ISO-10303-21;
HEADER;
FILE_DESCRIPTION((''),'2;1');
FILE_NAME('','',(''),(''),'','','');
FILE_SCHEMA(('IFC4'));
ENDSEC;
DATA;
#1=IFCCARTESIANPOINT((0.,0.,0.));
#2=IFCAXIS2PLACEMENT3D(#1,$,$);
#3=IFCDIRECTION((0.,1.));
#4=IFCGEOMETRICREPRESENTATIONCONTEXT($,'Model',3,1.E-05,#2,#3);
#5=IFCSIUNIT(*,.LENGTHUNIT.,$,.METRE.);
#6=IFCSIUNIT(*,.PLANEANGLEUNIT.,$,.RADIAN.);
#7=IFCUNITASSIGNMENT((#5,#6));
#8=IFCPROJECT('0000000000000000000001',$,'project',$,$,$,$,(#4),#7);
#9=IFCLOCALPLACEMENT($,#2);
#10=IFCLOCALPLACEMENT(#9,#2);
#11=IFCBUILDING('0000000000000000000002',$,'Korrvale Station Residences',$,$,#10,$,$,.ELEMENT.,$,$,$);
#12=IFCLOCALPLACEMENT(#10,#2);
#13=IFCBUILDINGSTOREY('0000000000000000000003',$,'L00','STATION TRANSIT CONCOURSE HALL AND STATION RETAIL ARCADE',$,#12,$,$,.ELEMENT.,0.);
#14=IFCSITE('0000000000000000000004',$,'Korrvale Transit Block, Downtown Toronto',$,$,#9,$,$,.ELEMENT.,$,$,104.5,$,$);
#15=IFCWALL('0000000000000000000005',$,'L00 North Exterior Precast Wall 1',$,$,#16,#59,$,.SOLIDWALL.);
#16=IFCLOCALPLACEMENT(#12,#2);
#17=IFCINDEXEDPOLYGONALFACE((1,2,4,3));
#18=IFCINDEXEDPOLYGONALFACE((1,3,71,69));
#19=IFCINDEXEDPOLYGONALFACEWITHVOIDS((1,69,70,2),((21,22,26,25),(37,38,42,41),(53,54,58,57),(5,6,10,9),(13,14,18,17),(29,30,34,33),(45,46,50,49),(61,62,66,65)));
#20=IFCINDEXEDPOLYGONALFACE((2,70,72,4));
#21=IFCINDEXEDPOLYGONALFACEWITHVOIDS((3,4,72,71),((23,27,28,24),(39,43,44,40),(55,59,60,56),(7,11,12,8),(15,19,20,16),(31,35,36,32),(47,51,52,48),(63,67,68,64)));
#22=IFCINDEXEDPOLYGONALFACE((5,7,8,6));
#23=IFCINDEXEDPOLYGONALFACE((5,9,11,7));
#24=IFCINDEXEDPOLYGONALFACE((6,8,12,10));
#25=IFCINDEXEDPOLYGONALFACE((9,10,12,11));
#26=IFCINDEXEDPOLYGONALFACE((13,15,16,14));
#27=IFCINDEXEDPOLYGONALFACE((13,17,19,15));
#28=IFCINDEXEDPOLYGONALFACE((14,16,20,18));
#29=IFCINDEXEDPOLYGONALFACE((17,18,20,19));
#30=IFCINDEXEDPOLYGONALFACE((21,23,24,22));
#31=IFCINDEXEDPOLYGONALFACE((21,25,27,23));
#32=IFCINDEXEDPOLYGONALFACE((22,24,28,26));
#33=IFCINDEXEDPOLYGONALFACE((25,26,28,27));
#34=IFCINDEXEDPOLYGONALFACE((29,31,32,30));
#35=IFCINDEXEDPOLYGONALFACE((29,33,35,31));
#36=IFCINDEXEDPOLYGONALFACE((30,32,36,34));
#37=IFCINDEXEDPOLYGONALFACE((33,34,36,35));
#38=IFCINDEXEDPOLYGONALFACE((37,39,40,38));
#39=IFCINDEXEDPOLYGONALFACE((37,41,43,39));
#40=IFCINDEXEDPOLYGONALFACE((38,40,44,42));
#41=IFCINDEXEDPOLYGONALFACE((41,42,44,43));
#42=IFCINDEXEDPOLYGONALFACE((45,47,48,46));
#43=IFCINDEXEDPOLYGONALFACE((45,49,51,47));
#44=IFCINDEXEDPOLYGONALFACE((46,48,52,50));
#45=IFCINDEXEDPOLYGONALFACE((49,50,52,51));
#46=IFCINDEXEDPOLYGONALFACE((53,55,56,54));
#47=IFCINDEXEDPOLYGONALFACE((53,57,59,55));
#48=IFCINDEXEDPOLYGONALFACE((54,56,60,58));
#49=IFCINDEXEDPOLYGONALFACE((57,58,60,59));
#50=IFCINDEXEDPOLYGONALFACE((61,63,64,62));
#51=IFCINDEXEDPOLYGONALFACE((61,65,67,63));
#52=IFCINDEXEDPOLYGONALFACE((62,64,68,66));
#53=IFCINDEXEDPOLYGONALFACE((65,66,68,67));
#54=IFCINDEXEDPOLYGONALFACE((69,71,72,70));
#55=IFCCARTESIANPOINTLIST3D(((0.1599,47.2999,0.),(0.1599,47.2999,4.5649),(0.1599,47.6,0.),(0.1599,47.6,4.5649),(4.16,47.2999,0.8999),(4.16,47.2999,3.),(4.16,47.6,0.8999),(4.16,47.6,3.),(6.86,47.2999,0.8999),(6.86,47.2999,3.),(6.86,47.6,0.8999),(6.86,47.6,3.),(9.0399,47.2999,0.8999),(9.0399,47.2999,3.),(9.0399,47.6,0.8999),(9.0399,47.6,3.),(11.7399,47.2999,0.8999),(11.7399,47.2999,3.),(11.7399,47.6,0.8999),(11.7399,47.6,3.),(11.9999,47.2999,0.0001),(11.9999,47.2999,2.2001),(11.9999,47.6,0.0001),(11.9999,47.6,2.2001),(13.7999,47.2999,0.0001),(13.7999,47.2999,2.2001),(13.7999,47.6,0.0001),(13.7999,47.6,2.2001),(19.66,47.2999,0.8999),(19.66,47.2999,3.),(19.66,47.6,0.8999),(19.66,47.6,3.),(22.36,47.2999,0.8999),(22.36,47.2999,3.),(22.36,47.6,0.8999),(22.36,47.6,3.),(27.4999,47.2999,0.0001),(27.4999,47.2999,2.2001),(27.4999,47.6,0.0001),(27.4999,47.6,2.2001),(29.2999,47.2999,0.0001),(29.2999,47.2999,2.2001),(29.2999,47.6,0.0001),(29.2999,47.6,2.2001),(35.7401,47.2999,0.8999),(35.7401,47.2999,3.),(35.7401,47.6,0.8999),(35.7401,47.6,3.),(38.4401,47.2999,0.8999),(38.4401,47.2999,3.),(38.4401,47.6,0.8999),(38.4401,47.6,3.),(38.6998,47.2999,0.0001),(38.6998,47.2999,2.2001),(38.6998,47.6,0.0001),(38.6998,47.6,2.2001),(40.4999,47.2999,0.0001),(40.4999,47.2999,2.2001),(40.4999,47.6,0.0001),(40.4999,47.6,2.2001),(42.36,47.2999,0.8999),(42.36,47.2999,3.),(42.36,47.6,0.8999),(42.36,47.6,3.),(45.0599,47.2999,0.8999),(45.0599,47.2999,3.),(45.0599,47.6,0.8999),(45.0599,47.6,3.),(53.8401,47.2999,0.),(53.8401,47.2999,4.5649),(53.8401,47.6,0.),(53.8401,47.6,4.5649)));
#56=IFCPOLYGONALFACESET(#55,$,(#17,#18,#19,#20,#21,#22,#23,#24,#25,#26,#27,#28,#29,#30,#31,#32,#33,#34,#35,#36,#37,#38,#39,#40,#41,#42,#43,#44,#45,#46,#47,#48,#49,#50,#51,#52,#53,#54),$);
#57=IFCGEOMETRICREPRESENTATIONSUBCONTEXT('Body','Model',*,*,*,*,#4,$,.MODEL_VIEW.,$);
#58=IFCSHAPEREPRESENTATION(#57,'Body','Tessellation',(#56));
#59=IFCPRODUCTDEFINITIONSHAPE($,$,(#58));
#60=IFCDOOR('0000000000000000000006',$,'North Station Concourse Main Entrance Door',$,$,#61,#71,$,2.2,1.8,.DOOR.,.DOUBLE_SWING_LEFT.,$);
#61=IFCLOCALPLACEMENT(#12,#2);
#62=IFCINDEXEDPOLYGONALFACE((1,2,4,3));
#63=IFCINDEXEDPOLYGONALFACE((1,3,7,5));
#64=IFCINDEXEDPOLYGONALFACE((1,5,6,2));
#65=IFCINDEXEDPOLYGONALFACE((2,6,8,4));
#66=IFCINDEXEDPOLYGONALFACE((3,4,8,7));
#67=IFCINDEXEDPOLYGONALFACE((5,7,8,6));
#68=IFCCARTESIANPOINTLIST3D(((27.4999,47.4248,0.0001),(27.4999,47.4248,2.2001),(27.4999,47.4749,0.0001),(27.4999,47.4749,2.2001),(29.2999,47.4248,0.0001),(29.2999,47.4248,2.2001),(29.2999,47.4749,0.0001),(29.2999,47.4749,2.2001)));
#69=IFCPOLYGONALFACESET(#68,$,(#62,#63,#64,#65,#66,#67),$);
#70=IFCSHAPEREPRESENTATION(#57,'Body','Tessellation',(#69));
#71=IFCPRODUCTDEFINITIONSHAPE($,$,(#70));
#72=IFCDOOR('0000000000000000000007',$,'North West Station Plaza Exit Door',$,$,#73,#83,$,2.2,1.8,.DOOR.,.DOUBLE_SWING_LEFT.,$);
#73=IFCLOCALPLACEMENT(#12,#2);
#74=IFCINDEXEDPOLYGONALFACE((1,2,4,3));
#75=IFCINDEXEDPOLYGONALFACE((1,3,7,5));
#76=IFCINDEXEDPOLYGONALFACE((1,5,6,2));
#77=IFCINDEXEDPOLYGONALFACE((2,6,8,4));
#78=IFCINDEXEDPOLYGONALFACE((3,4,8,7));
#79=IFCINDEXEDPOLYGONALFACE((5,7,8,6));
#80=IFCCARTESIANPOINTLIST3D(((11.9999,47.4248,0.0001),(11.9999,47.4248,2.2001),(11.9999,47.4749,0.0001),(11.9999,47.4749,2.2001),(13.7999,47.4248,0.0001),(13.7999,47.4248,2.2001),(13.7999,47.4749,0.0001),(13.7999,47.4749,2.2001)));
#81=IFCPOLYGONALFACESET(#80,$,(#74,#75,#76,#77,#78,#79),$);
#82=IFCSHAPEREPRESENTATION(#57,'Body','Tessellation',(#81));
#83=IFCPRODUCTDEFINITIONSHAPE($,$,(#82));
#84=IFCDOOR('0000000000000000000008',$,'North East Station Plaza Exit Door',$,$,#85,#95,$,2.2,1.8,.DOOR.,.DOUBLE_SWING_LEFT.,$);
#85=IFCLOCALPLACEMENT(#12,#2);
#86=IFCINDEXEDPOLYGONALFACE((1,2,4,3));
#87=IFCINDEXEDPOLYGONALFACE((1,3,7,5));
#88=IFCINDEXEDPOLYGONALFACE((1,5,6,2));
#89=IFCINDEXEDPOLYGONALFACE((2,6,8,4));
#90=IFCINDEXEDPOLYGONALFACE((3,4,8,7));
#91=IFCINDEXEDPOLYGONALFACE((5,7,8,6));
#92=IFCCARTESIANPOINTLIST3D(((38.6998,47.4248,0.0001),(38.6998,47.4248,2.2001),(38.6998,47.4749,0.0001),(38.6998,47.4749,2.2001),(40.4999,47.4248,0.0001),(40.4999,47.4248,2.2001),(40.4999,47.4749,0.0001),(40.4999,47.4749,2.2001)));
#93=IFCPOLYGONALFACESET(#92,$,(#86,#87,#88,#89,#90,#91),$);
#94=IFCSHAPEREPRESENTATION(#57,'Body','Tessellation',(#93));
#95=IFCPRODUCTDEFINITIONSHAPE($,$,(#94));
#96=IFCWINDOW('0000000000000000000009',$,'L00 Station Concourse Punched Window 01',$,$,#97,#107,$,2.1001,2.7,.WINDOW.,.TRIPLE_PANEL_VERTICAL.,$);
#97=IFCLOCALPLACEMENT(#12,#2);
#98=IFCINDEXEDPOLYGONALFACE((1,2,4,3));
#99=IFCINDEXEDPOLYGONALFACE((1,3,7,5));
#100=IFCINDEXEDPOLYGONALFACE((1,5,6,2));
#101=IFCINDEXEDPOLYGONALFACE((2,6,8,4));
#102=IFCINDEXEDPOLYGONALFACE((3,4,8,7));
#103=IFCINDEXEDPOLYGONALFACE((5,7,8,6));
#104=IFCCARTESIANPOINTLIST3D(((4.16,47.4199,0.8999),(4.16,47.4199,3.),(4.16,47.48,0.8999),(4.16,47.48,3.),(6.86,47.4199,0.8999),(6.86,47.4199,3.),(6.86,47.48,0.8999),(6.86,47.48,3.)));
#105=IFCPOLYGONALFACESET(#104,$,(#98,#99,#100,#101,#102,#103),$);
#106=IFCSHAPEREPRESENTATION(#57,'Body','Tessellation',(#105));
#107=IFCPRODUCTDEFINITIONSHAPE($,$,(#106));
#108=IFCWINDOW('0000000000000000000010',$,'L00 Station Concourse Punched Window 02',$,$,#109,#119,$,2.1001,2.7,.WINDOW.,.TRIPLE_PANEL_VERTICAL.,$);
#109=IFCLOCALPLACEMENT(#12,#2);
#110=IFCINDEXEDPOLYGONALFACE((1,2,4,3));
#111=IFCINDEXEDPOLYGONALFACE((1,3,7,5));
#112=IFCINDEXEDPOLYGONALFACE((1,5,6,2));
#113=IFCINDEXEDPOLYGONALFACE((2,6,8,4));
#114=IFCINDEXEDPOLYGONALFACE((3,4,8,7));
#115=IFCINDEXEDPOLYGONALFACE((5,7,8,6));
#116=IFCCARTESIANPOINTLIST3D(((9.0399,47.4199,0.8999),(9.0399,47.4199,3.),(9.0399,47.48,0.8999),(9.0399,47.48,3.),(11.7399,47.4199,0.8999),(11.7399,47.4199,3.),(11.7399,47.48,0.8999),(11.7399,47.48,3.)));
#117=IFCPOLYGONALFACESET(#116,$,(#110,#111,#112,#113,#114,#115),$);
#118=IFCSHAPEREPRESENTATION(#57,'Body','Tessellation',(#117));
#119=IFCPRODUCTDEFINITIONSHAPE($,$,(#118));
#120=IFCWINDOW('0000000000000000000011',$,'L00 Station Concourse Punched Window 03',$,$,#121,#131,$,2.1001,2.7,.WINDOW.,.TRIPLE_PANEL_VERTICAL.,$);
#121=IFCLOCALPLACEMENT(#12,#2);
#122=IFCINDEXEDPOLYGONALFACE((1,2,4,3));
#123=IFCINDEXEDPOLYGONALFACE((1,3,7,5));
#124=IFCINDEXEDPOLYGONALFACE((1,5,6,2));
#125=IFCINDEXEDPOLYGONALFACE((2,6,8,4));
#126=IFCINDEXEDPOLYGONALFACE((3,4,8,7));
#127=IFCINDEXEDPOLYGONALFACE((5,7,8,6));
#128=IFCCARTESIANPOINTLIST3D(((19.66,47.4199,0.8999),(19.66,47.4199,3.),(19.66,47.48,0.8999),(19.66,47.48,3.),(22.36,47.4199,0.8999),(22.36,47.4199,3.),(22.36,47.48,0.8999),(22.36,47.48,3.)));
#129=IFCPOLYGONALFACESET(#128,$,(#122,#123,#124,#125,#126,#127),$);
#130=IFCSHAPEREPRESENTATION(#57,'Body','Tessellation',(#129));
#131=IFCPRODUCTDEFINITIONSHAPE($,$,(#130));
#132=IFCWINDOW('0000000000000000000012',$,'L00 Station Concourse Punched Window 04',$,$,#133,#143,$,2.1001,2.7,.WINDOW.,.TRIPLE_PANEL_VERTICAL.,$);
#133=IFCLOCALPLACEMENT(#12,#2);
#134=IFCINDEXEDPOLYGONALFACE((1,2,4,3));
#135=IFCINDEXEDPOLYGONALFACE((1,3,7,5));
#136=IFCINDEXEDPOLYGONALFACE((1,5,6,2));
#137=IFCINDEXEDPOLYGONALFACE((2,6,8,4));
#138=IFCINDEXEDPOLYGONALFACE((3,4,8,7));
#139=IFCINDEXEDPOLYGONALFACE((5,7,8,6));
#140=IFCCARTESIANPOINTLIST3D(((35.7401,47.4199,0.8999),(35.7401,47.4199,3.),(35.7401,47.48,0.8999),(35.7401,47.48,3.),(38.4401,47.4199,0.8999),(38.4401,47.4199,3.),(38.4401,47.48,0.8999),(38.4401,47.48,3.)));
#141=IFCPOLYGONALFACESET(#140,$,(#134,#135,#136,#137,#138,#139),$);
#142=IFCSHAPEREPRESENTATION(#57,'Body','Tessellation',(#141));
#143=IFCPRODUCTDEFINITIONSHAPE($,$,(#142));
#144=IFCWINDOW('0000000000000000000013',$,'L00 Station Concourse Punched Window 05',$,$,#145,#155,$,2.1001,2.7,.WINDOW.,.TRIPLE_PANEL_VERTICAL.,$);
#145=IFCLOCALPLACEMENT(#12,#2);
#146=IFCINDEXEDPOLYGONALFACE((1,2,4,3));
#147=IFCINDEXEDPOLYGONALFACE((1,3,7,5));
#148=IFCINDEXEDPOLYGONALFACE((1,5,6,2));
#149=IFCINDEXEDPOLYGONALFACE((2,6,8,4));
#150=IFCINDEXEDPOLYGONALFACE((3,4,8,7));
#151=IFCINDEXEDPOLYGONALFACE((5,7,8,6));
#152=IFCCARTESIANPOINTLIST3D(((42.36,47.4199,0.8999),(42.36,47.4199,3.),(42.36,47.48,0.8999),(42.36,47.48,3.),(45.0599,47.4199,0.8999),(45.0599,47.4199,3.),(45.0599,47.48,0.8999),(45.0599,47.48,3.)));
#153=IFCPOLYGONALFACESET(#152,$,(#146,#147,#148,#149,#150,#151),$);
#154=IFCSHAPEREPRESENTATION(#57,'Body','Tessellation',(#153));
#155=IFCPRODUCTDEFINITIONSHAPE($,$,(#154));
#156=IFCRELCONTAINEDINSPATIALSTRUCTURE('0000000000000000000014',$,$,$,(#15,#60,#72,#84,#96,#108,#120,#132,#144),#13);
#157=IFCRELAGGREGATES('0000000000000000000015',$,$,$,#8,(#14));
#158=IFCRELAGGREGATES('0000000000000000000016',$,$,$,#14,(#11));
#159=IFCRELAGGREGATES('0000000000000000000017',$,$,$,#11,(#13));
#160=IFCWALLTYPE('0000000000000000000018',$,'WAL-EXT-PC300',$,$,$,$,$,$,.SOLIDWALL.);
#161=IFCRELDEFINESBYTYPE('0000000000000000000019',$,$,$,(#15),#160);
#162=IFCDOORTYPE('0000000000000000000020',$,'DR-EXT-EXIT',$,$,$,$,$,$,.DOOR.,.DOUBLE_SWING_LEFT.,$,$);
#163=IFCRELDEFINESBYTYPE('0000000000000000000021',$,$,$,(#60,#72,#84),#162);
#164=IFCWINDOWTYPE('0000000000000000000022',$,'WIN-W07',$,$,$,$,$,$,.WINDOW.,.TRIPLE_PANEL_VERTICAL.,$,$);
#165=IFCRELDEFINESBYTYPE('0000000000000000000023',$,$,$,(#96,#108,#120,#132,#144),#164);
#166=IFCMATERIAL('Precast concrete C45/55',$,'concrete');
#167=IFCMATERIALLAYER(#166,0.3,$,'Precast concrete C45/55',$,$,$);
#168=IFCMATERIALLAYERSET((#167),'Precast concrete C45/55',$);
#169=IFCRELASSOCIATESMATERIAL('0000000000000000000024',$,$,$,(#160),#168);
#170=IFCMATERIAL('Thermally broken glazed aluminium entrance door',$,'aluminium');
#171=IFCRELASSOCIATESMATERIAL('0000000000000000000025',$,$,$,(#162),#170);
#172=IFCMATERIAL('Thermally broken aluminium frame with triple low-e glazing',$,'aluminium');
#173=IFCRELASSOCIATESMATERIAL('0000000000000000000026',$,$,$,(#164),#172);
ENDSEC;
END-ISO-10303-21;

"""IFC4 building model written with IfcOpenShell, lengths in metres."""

from ifc_helpers import new_model, si_unit, direction, frame, frame_2d, origin, place, context, subcontext, project, spatial, rectangle, extrude, material, layer, layer_set, type_object, element, fill, save


model = new_model("IFC4")

# Units and contexts
model_context = context("Model", 3, precision=1e-05, world=origin(), true_north=direction((0.0, 1.0)))
body_context = subcontext(model_context, "Body", "Model", "MODEL_VIEW")
ifc_project = project(units=[si_unit("LENGTHUNIT", "METRE"), si_unit("PLANEANGLEUNIT", "RADIAN")], contexts=[model_context])

# Site, building, storey
site_placement = place(None, origin())
site = spatial("IfcSite", under=ifc_project, at=site_placement, Name="Korrvale Transit Block, Downtown Toronto", CompositionType="ELEMENT", RefElevation=104.5)
building_placement = place(site_placement, origin())
building = spatial("IfcBuilding", under=site, at=building_placement, Name="Korrvale Station Residences", CompositionType="ELEMENT")
storey_placement = place(building_placement, origin())
storey = spatial("IfcBuildingStorey", under=building, at=storey_placement, Name="L00", Description="STATION TRANSIT CONCOURSE HALL AND STATION RETAIL ARCADE", CompositionType="ELEMENT", Elevation=0.0)

# Wall, openings, doors, windows
ifc_material_1 = material(Name="Precast concrete C45/55", Category="concrete")
ifc_layer_1 = layer(ifc_material_1, 0.3, Name="Precast concrete C45/55")
ifc_layer_set_1 = layer_set([ifc_layer_1], Name="Precast concrete C45/55")
wall_type = type_object("IfcWallType", Name="WAL-EXT-PC300", PredefinedType="SOLIDWALL", material=ifc_layer_set_1)
wall_placement = place(storey_placement, frame((0.1599, 47.45, 0.0), z_axis=(0.0, 0.0, 1.0), x_axis=(1.0, 0.0, 0.0)))
wall = element("IfcWall", 1, at=wall_placement, inside=storey, type_object=wall_type, Name="L00 North Exterior Precast Wall 1", PredefinedType="SOLIDWALL", context=body_context, shape_type="SweptSolid", body=[
    extrude(rectangle(XDim=53.6802, YDim=0.3, at=frame_2d((26.8401, 0.0))), origin(), (0.0, 0.0, 1.0), 4.5649),
])
opening_1_placement = place(wall_placement, frame((27.3401, 0.0, 0.0)))
opening_1 = element("IfcOpeningElement", 2, at=opening_1_placement, cuts=wall, PredefinedType="OPENING", context=body_context, shape_type="SweptSolid", body=[
    extrude(rectangle(XDim=1.8, YDim=2.2, at=frame_2d((0.8999, 1.1001))), frame((0.0, 0.1602, 0.0), z_axis=(0.0, -1.0, 0.0), x_axis=(1.0, 0.0, 0.0)), (0.0, 0.0, 1.0), 0.3201),
])
opening_2_placement = place(wall_placement, frame((11.8401, 0.0, 0.0)))
opening_2 = element("IfcOpeningElement", 3, at=opening_2_placement, cuts=wall, PredefinedType="OPENING", context=body_context, shape_type="SweptSolid", body=[
    extrude(rectangle(XDim=1.8, YDim=2.2, at=frame_2d((0.8999, 1.1001))), frame((0.0, 0.1602, 0.0), z_axis=(0.0, -1.0, 0.0), x_axis=(1.0, 0.0, 0.0)), (0.0, 0.0, 1.0), 0.3201),
])
opening_3_placement = place(wall_placement, frame((38.54, 0.0, 0.0)))
opening_3 = element("IfcOpeningElement", 4, at=opening_3_placement, cuts=wall, PredefinedType="OPENING", context=body_context, shape_type="SweptSolid", body=[
    extrude(rectangle(XDim=1.8, YDim=2.2, at=frame_2d((0.8999, 1.1001))), frame((0.0, 0.1602, 0.0), z_axis=(0.0, -1.0, 0.0), x_axis=(1.0, 0.0, 0.0)), (0.0, 0.0, 1.0), 0.3201),
])
opening_4_placement = place(wall_placement, frame((4.0, 0.0, 0.8999)))
opening_4 = element("IfcOpeningElement", 5, at=opening_4_placement, cuts=wall, PredefinedType="OPENING", context=body_context, shape_type="SweptSolid", body=[
    extrude(rectangle(XDim=2.7, YDim=2.1001, at=frame_2d((1.3501, 1.05))), frame((0.0, 0.1602, 0.0), z_axis=(0.0, -1.0, 0.0), x_axis=(1.0, 0.0, 0.0)), (0.0, 0.0, 1.0), 0.3201),
])
opening_5_placement = place(wall_placement, frame((8.8799, 0.0, 0.8999)))
opening_5 = element("IfcOpeningElement", 6, at=opening_5_placement, cuts=wall, PredefinedType="OPENING", context=body_context, shape_type="SweptSolid", body=[
    extrude(rectangle(XDim=2.7, YDim=2.1001, at=frame_2d((1.3501, 1.05))), frame((0.0, 0.1602, 0.0), z_axis=(0.0, -1.0, 0.0), x_axis=(1.0, 0.0, 0.0)), (0.0, 0.0, 1.0), 0.3201),
])
opening_6_placement = place(wall_placement, frame((19.5, 0.0, 0.8999)))
opening_6 = element("IfcOpeningElement", 7, at=opening_6_placement, cuts=wall, PredefinedType="OPENING", context=body_context, shape_type="SweptSolid", body=[
    extrude(rectangle(XDim=2.7, YDim=2.1001, at=frame_2d((1.3501, 1.05))), frame((0.0, 0.1602, 0.0), z_axis=(0.0, -1.0, 0.0), x_axis=(1.0, 0.0, 0.0)), (0.0, 0.0, 1.0), 0.3201),
])
opening_7_placement = place(wall_placement, frame((35.5801, 0.0, 0.8999)))
opening_7 = element("IfcOpeningElement", 8, at=opening_7_placement, cuts=wall, PredefinedType="OPENING", context=body_context, shape_type="SweptSolid", body=[
    extrude(rectangle(XDim=2.7, YDim=2.1001, at=frame_2d((1.3501, 1.05))), frame((0.0, 0.1602, 0.0), z_axis=(0.0, -1.0, 0.0), x_axis=(1.0, 0.0, 0.0)), (0.0, 0.0, 1.0), 0.3201),
])
opening_8_placement = place(wall_placement, frame((42.2, 0.0, 0.8999)))
opening_8 = element("IfcOpeningElement", 9, at=opening_8_placement, cuts=wall, PredefinedType="OPENING", context=body_context, shape_type="SweptSolid", body=[
    extrude(rectangle(XDim=2.7, YDim=2.1001, at=frame_2d((1.3501, 1.05))), frame((0.0, 0.1602, 0.0), z_axis=(0.0, -1.0, 0.0), x_axis=(1.0, 0.0, 0.0)), (0.0, 0.0, 1.0), 0.3201),
])
ifc_material_2 = material(Name="Thermally broken glazed aluminium entrance door", Category="aluminium")
door_type = type_object("IfcDoorType", Name="DR-EXT-EXIT", OperationType="DOUBLE_SWING_LEFT", PredefinedType="DOOR", material=ifc_material_2)
door_1_placement = place(opening_1_placement, origin())
door_1 = element("IfcDoor", 10, at=door_1_placement, inside=storey, type_object=door_type, Name="North Station Concourse Main Entrance Door", OperationType="DOUBLE_SWING_LEFT", OverallHeight=2.2, OverallWidth=1.8, PredefinedType="DOOR", context=body_context, shape_type="SweptSolid", body=[
    extrude(rectangle(XDim=1.8, YDim=2.2, at=frame_2d((0.8999, 1.1001))), frame((0.0, 0.0249, 0.0), z_axis=(0.0, -1.0, 0.0), x_axis=(1.0, 0.0, 0.0)), (0.0, 0.0, 1.0), 0.05),
])
fill(opening_1, door_1)
door_2_placement = place(opening_2_placement, origin())
door_2 = element("IfcDoor", 11, at=door_2_placement, inside=storey, type_object=door_type, Name="North West Station Plaza Exit Door", OperationType="DOUBLE_SWING_LEFT", OverallHeight=2.2, OverallWidth=1.8, PredefinedType="DOOR", context=body_context, shape_type="SweptSolid", body=[
    extrude(rectangle(XDim=1.8, YDim=2.2, at=frame_2d((0.8999, 1.1001))), frame((0.0, 0.0249, 0.0), z_axis=(0.0, -1.0, 0.0), x_axis=(1.0, 0.0, 0.0)), (0.0, 0.0, 1.0), 0.05),
])
fill(opening_2, door_2)
door_3_placement = place(opening_3_placement, origin())
door_3 = element("IfcDoor", 12, at=door_3_placement, inside=storey, type_object=door_type, Name="North East Station Plaza Exit Door", OperationType="DOUBLE_SWING_LEFT", OverallHeight=2.2, OverallWidth=1.8, PredefinedType="DOOR", context=body_context, shape_type="SweptSolid", body=[
    extrude(rectangle(XDim=1.8, YDim=2.2, at=frame_2d((0.8999, 1.1001))), frame((0.0, 0.0249, 0.0), z_axis=(0.0, -1.0, 0.0), x_axis=(1.0, 0.0, 0.0)), (0.0, 0.0, 1.0), 0.05),
])
fill(opening_3, door_3)
ifc_material_3 = material(Name="Thermally broken aluminium frame with triple low-e glazing", Category="aluminium")
window_type = type_object("IfcWindowType", Name="WIN-W07", PartitioningType="TRIPLE_PANEL_VERTICAL", PredefinedType="WINDOW", material=ifc_material_3)
window_1_placement = place(opening_4_placement, origin())
window_1 = element("IfcWindow", 13, at=window_1_placement, inside=storey, type_object=window_type, Name="L00 Station Concourse Punched Window 01", OverallHeight=2.1001, OverallWidth=2.7, PartitioningType="TRIPLE_PANEL_VERTICAL", PredefinedType="WINDOW", context=body_context, shape_type="SweptSolid", body=[
    extrude(rectangle(XDim=2.7, YDim=2.1001, at=frame_2d((1.3501, 1.05))), frame((0.0, 0.03, 0.0), z_axis=(0.0, -1.0, 0.0), x_axis=(1.0, 0.0, 0.0)), (0.0, 0.0, 1.0), 0.0601),
])
fill(opening_4, window_1)
window_2_placement = place(opening_5_placement, origin())
window_2 = element("IfcWindow", 14, at=window_2_placement, inside=storey, type_object=window_type, Name="L00 Station Concourse Punched Window 02", OverallHeight=2.1001, OverallWidth=2.7, PartitioningType="TRIPLE_PANEL_VERTICAL", PredefinedType="WINDOW", context=body_context, shape_type="SweptSolid", body=[
    extrude(rectangle(XDim=2.7, YDim=2.1001, at=frame_2d((1.3501, 1.05))), frame((0.0, 0.03, 0.0), z_axis=(0.0, -1.0, 0.0), x_axis=(1.0, 0.0, 0.0)), (0.0, 0.0, 1.0), 0.0601),
])
fill(opening_5, window_2)
window_3_placement = place(opening_6_placement, origin())
window_3 = element("IfcWindow", 15, at=window_3_placement, inside=storey, type_object=window_type, Name="L00 Station Concourse Punched Window 03", OverallHeight=2.1001, OverallWidth=2.7, PartitioningType="TRIPLE_PANEL_VERTICAL", PredefinedType="WINDOW", context=body_context, shape_type="SweptSolid", body=[
    extrude(rectangle(XDim=2.7, YDim=2.1001, at=frame_2d((1.3501, 1.05))), frame((0.0, 0.03, 0.0), z_axis=(0.0, -1.0, 0.0), x_axis=(1.0, 0.0, 0.0)), (0.0, 0.0, 1.0), 0.0601),
])
fill(opening_6, window_3)
window_4_placement = place(opening_7_placement, origin())
window_4 = element("IfcWindow", 16, at=window_4_placement, inside=storey, type_object=window_type, Name="L00 Station Concourse Punched Window 04", OverallHeight=2.1001, OverallWidth=2.7, PartitioningType="TRIPLE_PANEL_VERTICAL", PredefinedType="WINDOW", context=body_context, shape_type="SweptSolid", body=[
    extrude(rectangle(XDim=2.7, YDim=2.1001, at=frame_2d((1.3501, 1.05))), frame((0.0, 0.03, 0.0), z_axis=(0.0, -1.0, 0.0), x_axis=(1.0, 0.0, 0.0)), (0.0, 0.0, 1.0), 0.0601),
])
fill(opening_7, window_4)
window_5_placement = place(opening_8_placement, origin())
window_5 = element("IfcWindow", 17, at=window_5_placement, inside=storey, type_object=window_type, Name="L00 Station Concourse Punched Window 05", OverallHeight=2.1001, OverallWidth=2.7, PartitioningType="TRIPLE_PANEL_VERTICAL", PredefinedType="WINDOW", context=body_context, shape_type="SweptSolid", body=[
    extrude(rectangle(XDim=2.7, YDim=2.1001, at=frame_2d((1.3501, 1.05))), frame((0.0, 0.03, 0.0), z_axis=(0.0, -1.0, 0.0), x_axis=(1.0, 0.0, 0.0)), (0.0, 0.0, 1.0), 0.0601),
])
fill(opening_8, window_5)

save(model, "model.ifc")
